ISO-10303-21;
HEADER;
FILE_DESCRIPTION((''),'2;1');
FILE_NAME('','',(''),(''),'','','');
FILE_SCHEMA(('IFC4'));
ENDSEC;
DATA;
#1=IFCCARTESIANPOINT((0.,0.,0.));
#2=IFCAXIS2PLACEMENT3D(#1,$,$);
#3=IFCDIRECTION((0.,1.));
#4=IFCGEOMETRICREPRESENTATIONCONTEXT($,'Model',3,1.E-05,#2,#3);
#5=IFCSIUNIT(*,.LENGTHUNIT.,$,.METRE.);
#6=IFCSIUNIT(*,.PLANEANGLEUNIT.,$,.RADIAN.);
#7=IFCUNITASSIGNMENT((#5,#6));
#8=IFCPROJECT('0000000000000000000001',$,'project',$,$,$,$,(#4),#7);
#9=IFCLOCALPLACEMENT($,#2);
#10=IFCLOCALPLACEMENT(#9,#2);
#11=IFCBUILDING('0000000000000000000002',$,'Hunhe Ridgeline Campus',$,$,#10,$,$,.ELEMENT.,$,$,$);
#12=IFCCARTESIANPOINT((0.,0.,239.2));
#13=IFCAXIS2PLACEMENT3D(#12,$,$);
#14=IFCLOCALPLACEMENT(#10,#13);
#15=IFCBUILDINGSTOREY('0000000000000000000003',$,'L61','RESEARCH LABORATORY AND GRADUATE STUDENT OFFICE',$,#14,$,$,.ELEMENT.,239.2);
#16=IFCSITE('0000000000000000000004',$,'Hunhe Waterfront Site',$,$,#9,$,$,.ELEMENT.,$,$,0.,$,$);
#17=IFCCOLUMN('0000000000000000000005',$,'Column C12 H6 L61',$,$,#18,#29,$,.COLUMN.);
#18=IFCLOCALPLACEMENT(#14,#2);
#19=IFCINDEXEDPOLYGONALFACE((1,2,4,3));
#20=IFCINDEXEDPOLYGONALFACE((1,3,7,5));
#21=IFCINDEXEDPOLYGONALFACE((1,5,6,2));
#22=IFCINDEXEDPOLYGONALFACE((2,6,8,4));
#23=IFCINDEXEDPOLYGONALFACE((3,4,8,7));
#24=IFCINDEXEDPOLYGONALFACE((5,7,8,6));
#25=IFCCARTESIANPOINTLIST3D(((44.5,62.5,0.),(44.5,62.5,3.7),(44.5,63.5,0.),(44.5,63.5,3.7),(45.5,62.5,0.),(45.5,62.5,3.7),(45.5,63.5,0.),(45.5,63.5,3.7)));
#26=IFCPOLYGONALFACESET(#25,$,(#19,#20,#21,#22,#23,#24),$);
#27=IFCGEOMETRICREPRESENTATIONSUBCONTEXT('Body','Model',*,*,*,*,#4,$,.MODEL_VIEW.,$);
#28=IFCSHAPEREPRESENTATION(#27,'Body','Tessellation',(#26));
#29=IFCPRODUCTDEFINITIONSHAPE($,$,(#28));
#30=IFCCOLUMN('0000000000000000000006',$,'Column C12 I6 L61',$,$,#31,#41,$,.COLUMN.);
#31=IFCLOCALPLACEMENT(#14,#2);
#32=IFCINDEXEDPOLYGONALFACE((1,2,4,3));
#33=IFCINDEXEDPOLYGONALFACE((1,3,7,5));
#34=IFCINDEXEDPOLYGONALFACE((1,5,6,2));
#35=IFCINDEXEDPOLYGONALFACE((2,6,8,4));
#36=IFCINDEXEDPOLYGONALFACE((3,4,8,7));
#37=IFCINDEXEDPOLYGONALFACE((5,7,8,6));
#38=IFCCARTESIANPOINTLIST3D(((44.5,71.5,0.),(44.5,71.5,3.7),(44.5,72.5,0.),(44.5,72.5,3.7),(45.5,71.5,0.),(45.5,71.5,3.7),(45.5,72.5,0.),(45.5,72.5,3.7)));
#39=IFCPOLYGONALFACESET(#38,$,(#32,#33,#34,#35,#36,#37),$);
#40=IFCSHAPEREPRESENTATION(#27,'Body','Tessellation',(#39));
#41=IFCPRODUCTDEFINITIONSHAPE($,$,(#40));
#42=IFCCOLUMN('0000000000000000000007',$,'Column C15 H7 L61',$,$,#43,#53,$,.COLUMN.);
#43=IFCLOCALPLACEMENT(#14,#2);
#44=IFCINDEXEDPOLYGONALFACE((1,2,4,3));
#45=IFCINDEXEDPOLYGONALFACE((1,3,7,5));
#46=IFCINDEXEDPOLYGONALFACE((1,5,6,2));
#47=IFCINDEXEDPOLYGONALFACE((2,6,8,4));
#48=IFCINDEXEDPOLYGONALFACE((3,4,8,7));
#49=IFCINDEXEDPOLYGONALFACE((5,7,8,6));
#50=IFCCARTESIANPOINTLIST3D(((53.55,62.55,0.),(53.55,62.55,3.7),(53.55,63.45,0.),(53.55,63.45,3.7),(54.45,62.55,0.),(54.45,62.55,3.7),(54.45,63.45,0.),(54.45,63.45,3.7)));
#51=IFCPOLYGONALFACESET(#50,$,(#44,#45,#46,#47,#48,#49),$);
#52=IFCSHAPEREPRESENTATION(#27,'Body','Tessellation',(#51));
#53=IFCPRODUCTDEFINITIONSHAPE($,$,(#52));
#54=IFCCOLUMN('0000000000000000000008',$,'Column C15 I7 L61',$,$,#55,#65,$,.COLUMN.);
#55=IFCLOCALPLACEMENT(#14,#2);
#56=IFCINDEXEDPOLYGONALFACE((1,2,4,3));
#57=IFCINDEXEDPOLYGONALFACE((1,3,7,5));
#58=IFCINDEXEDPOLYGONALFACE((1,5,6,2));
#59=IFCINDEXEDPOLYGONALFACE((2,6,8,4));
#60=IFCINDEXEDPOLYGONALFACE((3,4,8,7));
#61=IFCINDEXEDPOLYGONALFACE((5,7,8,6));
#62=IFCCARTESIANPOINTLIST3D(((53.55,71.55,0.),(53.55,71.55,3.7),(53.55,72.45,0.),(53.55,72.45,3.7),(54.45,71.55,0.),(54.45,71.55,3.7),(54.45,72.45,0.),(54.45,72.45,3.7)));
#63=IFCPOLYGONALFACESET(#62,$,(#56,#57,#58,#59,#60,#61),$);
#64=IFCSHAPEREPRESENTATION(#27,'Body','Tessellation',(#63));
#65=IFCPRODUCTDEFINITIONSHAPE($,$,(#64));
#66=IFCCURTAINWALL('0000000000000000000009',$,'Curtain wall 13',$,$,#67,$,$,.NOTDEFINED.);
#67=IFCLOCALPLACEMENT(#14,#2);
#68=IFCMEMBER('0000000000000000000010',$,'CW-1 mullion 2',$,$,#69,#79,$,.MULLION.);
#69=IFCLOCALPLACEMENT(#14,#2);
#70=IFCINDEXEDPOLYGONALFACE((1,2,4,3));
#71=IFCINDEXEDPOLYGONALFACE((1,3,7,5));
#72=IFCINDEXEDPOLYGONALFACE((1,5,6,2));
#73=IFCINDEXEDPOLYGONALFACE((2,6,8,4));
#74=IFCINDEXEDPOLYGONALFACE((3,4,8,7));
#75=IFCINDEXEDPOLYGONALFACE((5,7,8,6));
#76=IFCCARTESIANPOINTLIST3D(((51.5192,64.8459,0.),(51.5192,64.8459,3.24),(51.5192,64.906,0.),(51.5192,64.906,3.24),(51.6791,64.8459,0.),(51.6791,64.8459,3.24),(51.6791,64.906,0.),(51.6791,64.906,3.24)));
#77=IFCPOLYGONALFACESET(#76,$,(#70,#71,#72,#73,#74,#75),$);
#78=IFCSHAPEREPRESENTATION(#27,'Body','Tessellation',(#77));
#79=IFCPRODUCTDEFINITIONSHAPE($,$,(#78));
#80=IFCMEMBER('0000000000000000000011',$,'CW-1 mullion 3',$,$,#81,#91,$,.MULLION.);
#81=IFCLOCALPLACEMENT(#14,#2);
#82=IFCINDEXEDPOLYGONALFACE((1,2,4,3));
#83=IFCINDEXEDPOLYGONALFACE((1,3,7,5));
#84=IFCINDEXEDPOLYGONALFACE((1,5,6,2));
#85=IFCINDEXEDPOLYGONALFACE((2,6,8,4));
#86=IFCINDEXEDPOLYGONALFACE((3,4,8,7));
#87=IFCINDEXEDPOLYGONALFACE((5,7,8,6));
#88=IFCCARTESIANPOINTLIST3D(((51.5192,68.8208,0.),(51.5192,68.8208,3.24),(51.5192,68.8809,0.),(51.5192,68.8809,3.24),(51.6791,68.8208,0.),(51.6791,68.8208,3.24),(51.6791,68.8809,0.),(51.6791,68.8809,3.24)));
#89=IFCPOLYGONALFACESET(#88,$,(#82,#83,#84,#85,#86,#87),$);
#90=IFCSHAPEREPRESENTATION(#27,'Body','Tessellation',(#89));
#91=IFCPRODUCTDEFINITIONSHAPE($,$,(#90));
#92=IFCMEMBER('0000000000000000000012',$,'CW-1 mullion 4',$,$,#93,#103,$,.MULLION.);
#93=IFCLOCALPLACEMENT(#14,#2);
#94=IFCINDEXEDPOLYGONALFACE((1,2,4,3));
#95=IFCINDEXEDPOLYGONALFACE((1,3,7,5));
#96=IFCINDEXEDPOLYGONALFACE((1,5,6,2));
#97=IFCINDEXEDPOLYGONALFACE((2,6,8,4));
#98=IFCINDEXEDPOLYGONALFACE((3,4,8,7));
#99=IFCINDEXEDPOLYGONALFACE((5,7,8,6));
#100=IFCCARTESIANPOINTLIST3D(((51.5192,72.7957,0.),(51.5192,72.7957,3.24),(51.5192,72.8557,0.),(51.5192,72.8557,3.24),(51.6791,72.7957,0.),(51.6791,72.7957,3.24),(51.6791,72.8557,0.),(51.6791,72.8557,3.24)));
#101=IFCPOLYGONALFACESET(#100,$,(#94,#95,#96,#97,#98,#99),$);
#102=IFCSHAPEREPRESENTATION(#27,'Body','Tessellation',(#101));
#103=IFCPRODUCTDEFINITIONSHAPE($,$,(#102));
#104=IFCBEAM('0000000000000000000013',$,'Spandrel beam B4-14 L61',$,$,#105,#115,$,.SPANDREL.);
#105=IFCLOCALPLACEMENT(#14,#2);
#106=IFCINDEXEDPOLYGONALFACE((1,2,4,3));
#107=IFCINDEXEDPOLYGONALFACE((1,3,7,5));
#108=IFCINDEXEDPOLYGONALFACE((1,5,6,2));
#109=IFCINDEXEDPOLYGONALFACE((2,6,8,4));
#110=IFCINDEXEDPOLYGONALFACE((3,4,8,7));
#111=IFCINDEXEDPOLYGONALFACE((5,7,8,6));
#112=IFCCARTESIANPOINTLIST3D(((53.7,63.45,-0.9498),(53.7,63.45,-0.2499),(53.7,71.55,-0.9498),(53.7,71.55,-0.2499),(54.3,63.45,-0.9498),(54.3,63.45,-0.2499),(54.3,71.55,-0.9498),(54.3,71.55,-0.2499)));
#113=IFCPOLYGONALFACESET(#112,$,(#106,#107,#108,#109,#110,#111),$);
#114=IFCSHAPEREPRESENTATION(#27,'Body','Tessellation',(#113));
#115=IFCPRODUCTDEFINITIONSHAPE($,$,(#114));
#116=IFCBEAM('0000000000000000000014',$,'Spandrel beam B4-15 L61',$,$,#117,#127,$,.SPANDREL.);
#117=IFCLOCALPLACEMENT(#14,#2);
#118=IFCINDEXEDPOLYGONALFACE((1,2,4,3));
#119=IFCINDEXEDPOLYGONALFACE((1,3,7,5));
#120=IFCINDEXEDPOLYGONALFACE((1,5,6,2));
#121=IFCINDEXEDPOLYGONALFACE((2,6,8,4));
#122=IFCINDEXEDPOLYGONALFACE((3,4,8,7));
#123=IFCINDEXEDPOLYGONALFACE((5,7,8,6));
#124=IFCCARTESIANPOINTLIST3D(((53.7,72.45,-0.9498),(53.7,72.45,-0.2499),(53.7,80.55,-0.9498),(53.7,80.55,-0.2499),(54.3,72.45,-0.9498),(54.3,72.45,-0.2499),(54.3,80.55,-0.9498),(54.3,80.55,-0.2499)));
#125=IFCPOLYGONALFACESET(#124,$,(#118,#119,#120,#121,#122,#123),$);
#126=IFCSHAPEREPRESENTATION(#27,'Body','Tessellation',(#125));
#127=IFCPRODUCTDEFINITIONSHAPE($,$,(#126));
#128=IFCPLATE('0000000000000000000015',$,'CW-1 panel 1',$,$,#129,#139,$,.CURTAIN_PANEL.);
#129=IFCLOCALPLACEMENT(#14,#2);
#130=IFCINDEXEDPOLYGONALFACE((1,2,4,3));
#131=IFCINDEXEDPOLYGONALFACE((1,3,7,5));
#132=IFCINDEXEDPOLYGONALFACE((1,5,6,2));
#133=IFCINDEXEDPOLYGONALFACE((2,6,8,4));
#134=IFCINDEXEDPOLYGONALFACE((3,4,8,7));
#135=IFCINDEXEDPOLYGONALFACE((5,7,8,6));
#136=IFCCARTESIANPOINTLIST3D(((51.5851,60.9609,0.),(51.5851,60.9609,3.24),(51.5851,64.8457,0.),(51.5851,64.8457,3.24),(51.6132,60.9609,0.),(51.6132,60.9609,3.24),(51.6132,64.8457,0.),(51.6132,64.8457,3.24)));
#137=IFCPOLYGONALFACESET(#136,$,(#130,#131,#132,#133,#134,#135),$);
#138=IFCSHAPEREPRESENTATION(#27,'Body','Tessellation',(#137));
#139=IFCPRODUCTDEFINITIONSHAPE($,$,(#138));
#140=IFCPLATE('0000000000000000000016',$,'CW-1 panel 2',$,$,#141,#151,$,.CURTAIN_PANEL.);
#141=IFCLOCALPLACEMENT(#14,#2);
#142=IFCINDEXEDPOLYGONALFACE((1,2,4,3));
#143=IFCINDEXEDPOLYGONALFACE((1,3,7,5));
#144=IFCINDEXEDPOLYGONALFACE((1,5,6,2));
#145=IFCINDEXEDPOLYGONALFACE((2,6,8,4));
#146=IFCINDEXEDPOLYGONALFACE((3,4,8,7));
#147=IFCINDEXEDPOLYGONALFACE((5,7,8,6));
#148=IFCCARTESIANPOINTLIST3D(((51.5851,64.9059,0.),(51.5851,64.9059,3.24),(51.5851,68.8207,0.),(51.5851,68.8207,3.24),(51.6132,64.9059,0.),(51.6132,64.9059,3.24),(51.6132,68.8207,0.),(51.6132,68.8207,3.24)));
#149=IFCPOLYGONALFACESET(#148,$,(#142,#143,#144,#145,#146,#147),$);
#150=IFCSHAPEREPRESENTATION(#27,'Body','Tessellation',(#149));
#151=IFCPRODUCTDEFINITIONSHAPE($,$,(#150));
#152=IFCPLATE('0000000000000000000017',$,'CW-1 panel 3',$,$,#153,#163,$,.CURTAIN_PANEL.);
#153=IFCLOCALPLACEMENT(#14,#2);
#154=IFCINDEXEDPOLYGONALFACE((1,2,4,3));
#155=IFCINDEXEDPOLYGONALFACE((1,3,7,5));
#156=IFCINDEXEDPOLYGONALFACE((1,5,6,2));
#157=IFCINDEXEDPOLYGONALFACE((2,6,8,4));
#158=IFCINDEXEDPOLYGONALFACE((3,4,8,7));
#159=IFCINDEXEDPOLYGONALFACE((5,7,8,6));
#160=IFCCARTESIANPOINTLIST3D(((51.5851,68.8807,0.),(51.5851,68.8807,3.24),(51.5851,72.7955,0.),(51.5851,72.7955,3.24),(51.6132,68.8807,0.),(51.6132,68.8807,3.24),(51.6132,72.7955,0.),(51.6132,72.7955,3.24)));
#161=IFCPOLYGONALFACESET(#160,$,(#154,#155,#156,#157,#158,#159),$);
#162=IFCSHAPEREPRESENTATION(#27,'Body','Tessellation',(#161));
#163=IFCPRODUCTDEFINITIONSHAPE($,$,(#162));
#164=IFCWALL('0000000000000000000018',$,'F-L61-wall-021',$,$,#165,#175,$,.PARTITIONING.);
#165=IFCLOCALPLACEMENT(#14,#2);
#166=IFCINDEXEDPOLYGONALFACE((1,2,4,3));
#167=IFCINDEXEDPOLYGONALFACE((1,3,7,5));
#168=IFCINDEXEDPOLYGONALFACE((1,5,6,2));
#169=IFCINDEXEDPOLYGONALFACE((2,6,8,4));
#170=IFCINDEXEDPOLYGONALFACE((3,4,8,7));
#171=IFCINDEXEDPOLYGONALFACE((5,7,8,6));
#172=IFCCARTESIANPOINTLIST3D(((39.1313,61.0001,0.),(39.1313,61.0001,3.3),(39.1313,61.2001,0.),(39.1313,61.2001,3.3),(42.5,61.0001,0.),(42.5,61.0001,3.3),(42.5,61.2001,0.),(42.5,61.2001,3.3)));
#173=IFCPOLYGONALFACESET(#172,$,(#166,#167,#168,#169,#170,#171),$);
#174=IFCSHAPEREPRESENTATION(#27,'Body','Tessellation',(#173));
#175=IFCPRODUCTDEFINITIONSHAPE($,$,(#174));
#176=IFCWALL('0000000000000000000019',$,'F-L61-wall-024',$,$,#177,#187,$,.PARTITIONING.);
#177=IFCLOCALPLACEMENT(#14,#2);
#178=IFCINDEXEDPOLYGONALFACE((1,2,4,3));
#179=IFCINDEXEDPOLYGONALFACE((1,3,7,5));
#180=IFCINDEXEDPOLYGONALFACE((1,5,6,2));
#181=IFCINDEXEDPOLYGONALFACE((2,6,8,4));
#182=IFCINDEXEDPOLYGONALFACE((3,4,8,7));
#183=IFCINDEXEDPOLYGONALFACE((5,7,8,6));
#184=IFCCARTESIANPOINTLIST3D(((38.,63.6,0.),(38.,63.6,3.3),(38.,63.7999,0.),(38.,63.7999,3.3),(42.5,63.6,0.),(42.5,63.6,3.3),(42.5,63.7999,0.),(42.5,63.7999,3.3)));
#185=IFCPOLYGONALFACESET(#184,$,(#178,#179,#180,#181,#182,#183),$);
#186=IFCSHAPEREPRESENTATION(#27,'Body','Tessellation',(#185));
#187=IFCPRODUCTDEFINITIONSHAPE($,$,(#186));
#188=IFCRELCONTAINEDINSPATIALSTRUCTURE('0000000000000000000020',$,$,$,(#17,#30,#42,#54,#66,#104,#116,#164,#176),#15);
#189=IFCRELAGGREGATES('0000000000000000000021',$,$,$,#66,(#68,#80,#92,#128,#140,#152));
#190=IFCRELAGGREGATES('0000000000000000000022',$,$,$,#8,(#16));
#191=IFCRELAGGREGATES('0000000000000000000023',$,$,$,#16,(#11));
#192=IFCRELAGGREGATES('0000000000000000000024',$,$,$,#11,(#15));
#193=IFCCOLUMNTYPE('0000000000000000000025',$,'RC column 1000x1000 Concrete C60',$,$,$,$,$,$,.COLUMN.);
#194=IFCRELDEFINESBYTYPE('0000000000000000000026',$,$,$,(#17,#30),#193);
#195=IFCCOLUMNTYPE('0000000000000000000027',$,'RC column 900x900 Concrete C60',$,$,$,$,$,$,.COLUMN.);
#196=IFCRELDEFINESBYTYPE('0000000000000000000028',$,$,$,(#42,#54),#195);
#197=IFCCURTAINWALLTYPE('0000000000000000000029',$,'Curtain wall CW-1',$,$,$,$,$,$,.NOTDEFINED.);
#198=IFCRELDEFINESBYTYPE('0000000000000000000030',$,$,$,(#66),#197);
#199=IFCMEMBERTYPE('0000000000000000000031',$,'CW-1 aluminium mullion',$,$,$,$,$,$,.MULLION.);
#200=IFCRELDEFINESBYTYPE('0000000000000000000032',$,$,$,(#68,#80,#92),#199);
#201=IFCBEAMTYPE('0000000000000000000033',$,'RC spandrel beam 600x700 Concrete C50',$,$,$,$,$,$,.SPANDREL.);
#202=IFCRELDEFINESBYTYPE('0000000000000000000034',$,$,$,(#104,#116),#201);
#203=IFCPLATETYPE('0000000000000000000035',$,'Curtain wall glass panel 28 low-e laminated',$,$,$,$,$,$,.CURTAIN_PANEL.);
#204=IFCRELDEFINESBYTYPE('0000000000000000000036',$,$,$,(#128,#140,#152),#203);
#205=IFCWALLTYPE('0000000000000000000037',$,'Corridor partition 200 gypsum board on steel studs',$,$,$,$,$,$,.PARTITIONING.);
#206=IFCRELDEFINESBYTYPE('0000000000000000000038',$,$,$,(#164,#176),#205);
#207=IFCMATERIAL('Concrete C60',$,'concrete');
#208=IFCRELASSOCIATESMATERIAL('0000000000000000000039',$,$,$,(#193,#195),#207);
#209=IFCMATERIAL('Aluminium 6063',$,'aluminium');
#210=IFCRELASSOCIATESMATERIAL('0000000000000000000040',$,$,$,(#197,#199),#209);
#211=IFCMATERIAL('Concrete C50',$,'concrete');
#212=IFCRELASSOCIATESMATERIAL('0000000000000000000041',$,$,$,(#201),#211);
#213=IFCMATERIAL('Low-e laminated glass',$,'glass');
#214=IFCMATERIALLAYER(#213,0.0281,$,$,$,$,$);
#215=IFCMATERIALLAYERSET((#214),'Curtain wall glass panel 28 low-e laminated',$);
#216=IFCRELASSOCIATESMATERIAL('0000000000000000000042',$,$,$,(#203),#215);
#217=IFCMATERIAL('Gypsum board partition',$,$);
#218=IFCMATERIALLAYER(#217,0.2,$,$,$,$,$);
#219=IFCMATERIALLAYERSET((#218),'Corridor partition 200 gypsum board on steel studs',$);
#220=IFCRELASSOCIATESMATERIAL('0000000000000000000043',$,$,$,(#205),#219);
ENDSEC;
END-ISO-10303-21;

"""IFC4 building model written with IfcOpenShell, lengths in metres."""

from ifc_helpers import new_model, si_unit, direction, frame, frame_2d, origin, origin_2d, place, context, subcontext, project, spatial, rectangle, extrude, material, layer, layer_set, material_profile, profile_set, type_object, element, aggregate, save


model = new_model("IFC4")

# Units and contexts
model_context = context("Model", 3, precision=1e-05, world=origin(), true_north=direction((0.0, 1.0)))
body_context = subcontext(model_context, "Body", "Model", "MODEL_VIEW")
ifc_project = project(units=[si_unit("LENGTHUNIT", "METRE"), si_unit("PLANEANGLEUNIT", "RADIAN")], contexts=[model_context])

# Site, building, storey
site_placement = place(None, origin())
site = spatial("IfcSite", under=ifc_project, at=site_placement, Name="Hunhe Waterfront Site", CompositionType="ELEMENT", RefElevation=0.0)
building_placement = place(site_placement, origin())
building = spatial("IfcBuilding", under=site, at=building_placement, Name="Hunhe Ridgeline Campus", CompositionType="ELEMENT")
storey_placement = place(building_placement, frame((0.0, 0.0, 239.2)))
storey = spatial("IfcBuildingStorey", under=building, at=storey_placement, Name="L61", Description="RESEARCH LABORATORY AND GRADUATE STUDENT OFFICE", CompositionType="ELEMENT", Elevation=239.2)

# Columns
ifc_material_1 = material(Name="Concrete C60", Category="concrete")
ifc_material_profile_1 = material_profile(ifc_material_1, rectangle(XDim=1.0, YDim=1.0, at=origin_2d()))
ifc_profile_set_1 = profile_set([ifc_material_profile_1], Name="Concrete C60")
column_type_1 = type_object("IfcColumnType", Name="RC column 1000x1000 Concrete C60", PredefinedType="COLUMN", material=ifc_profile_set_1)
for number, where, z_axis, x_axis, name in (
    (1, (45.0, 63.0, 0.0), (0.0, 0.0, 1.0), (1.0, 0.0, 0.0), "Column C12 H6 L61"),
    (2, (45.0, 72.0, 0.0), (0.0, 0.0, 1.0), (1.0, 0.0, 0.0), "Column C12 I6 L61"),
):
    element("IfcColumn", number, at=place(storey_placement, frame(where, z_axis=z_axis, x_axis=x_axis)), inside=storey, type_object=column_type_1, Name=name, PredefinedType="COLUMN", context=body_context, shape_type="SweptSolid", body=[
        extrude(rectangle(XDim=1.0, YDim=1.0, at=origin_2d()), origin(), (0.0, 0.0, 1.0), 3.7),
    ])
ifc_material_profile_2 = material_profile(ifc_material_1, rectangle(XDim=0.8999, YDim=0.8999, at=origin_2d()))
ifc_profile_set_2 = profile_set([ifc_material_profile_2], Name="Concrete C60")
column_type_2 = type_object("IfcColumnType", Name="RC column 900x900 Concrete C60", PredefinedType="COLUMN", material=ifc_profile_set_2)
for number, where, z_axis, x_axis, name in (
    (3, (54.0, 63.0, 0.0), (0.0, 0.0, 1.0), (1.0, 0.0, 0.0), "Column C15 H7 L61"),
    (4, (54.0, 72.0, 0.0), (0.0, 0.0, 1.0), (1.0, 0.0, 0.0), "Column C15 I7 L61"),
):
    element("IfcColumn", number, at=place(storey_placement, frame(where, z_axis=z_axis, x_axis=x_axis)), inside=storey, type_object=column_type_2, Name=name, PredefinedType="COLUMN", context=body_context, shape_type="SweptSolid", body=[
        extrude(rectangle(XDim=0.8999, YDim=0.8999, at=origin_2d()), origin(), (0.0, 0.0, 1.0), 3.7),
    ])

# Curtain wall, members
ifc_material_2 = material(Name="Aluminium 6063", Category="aluminium")
curtain_wall_type = type_object("IfcCurtainWallType", Name="Curtain wall CW-1", PredefinedType="NOTDEFINED", material=ifc_material_2)
curtain_wall_placement = place(storey_placement, origin())
curtain_wall = element("IfcCurtainWall", 5, at=curtain_wall_placement, inside=storey, type_object=curtain_wall_type, Name="Curtain wall 13", PredefinedType="NOTDEFINED")
ifc_material_profile_3 = material_profile(ifc_material_2, rectangle(XDim=0.1599, YDim=0.0601, at=origin_2d()))
ifc_profile_set_3 = profile_set([ifc_material_profile_3], Name="Aluminium 6063")
member_type = type_object("IfcMemberType", Name="CW-1 aluminium mullion", PredefinedType="MULLION", material=ifc_profile_set_3)
member_1_placement = place(storey_placement, frame((51.5991, 64.876, 0.0), z_axis=(0.0, 0.0, 1.0), x_axis=(-1.0, 0.0, 0.0)))
member_1 = element("IfcMember", 6, at=member_1_placement, type_object=member_type, Name="CW-1 mullion 2", PredefinedType="MULLION", context=body_context, shape_type="SweptSolid", body=[
    extrude(rectangle(XDim=0.1599, YDim=0.0601, at=origin_2d()), origin(), (0.0, 0.0, 1.0), 3.24),
])
member_2_placement = place(storey_placement, frame((51.5991, 68.8508, 0.0), z_axis=(0.0, 0.0, 1.0), x_axis=(-1.0, 0.0, 0.0)))
member_2 = element("IfcMember", 7, at=member_2_placement, type_object=member_type, Name="CW-1 mullion 3", PredefinedType="MULLION", context=body_context, shape_type="SweptSolid", body=[
    extrude(rectangle(XDim=0.1599, YDim=0.0601, at=origin_2d()), origin(), (0.0, 0.0, 1.0), 3.24),
])
member_3_placement = place(storey_placement, frame((51.5991, 72.8257, 0.0), z_axis=(0.0, 0.0, 1.0), x_axis=(-1.0, 0.0, 0.0)))
member_3 = element("IfcMember", 8, at=member_3_placement, type_object=member_type, Name="CW-1 mullion 4", PredefinedType="MULLION", context=body_context, shape_type="SweptSolid", body=[
    extrude(rectangle(XDim=0.1599, YDim=0.0601, at=origin_2d()), origin(), (0.0, 0.0, 1.0), 3.24),
])

# Beams
ifc_material_3 = material(Name="Concrete C50", Category="concrete")
ifc_material_profile_4 = material_profile(ifc_material_3, rectangle(XDim=0.6001, YDim=0.7, at=origin_2d()))
ifc_profile_set_4 = profile_set([ifc_material_profile_4], Name="Concrete C50")
beam_type = type_object("IfcBeamType", Name="RC spandrel beam 600x700 Concrete C50", PredefinedType="SPANDREL", material=ifc_profile_set_4)
for number, where, z_axis, x_axis, name in (
    (9, (54.0, 63.45, -0.5999), (0.0, 1.0, 0.0), (-1.0, 0.0, 0.0), "Spandrel beam B4-14 L61"),
    (10, (54.0, 72.45, -0.5999), (0.0, 1.0, 0.0), (-1.0, 0.0, 0.0), "Spandrel beam B4-15 L61"),
):
    element("IfcBeam", number, at=place(storey_placement, frame(where, z_axis=z_axis, x_axis=x_axis)), inside=storey, type_object=beam_type, Name=name, PredefinedType="SPANDREL", context=body_context, shape_type="SweptSolid", body=[
        extrude(rectangle(XDim=0.6001, YDim=0.7, at=origin_2d()), origin(), (0.0, 0.0, 1.0), 8.1001),
    ])

# Plates
ifc_material_4 = material(Name="Low-e laminated glass", Category="glass")
ifc_layer_1 = layer(ifc_material_4, 0.0281)
ifc_layer_set_1 = layer_set([ifc_layer_1], Name="Curtain wall glass panel 28 low-e laminated")
plate_type = type_object("IfcPlateType", Name="Curtain wall glass panel 28 low-e laminated", PredefinedType="CURTAIN_PANEL", material=ifc_layer_set_1)
plate_1_placement = place(storey_placement, frame((51.5991, 62.9033, 0.0), z_axis=(0.0, 0.0, 1.0), x_axis=(0.0, 1.0, 0.0)))
plate_1 = element("IfcPlate", 11, at=plate_1_placement, type_object=plate_type, Name="CW-1 panel 1", PredefinedType="CURTAIN_PANEL", context=body_context, shape_type="SweptSolid", body=[
    extrude(rectangle(XDim=3.8848, YDim=0.0281, at=origin_2d()), origin(), (0.0, 0.0, 1.0), 3.24),
])
plate_2_placement = place(storey_placement, frame((51.5991, 66.8633, 0.0), z_axis=(0.0, 0.0, 1.0), x_axis=(0.0, 1.0, 0.0)))
plate_2 = element("IfcPlate", 12, at=plate_2_placement, type_object=plate_type, Name="CW-1 panel 2", PredefinedType="CURTAIN_PANEL", context=body_context, shape_type="SweptSolid", body=[
    extrude(rectangle(XDim=3.9148, YDim=0.0281, at=origin_2d()), origin(), (0.0, 0.0, 1.0), 3.24),
])
plate_3_placement = place(storey_placement, frame((51.5991, 70.8381, 0.0), z_axis=(0.0, 0.0, 1.0), x_axis=(0.0, 1.0, 0.0)))
plate_3 = element("IfcPlate", 13, at=plate_3_placement, type_object=plate_type, Name="CW-1 panel 3", PredefinedType="CURTAIN_PANEL", context=body_context, shape_type="SweptSolid", body=[
    extrude(rectangle(XDim=3.9148, YDim=0.0281, at=origin_2d()), origin(), (0.0, 0.0, 1.0), 3.24),
])
aggregate(curtain_wall, [member_1, member_2, member_3, plate_1, plate_2, plate_3])

# Walls
ifc_material_5 = material(Name="Gypsum board partition")
ifc_layer_2 = layer(ifc_material_5, 0.2)
ifc_layer_set_2 = layer_set([ifc_layer_2], Name="Corridor partition 200 gypsum board on steel studs")
wall_type_1 = type_object("IfcWallType", Name="Corridor partition 200 gypsum board on steel studs", PredefinedType="PARTITIONING", material=ifc_layer_set_2)
wall_1_placement = place(storey_placement, frame((42.5, 61.1001, 0.0), z_axis=(0.0, 0.0, 1.0), x_axis=(-1.0, 0.0, 0.0)))
element("IfcWall", 14, at=wall_1_placement, inside=storey, type_object=wall_type_1, Name="F-L61-wall-021", PredefinedType="PARTITIONING", context=body_context, shape_type="SweptSolid", body=[
    extrude(rectangle(XDim=3.3687, YDim=0.2, at=frame_2d((1.6843, 0.0))), origin(), (0.0, 0.0, 1.0), 3.3),
])
wall_2_placement = place(storey_placement, frame((38.0, 63.7, 0.0), z_axis=(0.0, 0.0, 1.0), x_axis=(1.0, 0.0, 0.0)))
element("IfcWall", 15, at=wall_2_placement, inside=storey, type_object=wall_type_1, Name="F-L61-wall-024", PredefinedType="PARTITIONING", context=body_context, shape_type="SweptSolid", body=[
    extrude(rectangle(XDim=4.5, YDim=0.2, at=frame_2d((2.25, 0.0))), origin(), (0.0, 0.0, 1.0), 3.3),
])

save(model, "model.ifc")
